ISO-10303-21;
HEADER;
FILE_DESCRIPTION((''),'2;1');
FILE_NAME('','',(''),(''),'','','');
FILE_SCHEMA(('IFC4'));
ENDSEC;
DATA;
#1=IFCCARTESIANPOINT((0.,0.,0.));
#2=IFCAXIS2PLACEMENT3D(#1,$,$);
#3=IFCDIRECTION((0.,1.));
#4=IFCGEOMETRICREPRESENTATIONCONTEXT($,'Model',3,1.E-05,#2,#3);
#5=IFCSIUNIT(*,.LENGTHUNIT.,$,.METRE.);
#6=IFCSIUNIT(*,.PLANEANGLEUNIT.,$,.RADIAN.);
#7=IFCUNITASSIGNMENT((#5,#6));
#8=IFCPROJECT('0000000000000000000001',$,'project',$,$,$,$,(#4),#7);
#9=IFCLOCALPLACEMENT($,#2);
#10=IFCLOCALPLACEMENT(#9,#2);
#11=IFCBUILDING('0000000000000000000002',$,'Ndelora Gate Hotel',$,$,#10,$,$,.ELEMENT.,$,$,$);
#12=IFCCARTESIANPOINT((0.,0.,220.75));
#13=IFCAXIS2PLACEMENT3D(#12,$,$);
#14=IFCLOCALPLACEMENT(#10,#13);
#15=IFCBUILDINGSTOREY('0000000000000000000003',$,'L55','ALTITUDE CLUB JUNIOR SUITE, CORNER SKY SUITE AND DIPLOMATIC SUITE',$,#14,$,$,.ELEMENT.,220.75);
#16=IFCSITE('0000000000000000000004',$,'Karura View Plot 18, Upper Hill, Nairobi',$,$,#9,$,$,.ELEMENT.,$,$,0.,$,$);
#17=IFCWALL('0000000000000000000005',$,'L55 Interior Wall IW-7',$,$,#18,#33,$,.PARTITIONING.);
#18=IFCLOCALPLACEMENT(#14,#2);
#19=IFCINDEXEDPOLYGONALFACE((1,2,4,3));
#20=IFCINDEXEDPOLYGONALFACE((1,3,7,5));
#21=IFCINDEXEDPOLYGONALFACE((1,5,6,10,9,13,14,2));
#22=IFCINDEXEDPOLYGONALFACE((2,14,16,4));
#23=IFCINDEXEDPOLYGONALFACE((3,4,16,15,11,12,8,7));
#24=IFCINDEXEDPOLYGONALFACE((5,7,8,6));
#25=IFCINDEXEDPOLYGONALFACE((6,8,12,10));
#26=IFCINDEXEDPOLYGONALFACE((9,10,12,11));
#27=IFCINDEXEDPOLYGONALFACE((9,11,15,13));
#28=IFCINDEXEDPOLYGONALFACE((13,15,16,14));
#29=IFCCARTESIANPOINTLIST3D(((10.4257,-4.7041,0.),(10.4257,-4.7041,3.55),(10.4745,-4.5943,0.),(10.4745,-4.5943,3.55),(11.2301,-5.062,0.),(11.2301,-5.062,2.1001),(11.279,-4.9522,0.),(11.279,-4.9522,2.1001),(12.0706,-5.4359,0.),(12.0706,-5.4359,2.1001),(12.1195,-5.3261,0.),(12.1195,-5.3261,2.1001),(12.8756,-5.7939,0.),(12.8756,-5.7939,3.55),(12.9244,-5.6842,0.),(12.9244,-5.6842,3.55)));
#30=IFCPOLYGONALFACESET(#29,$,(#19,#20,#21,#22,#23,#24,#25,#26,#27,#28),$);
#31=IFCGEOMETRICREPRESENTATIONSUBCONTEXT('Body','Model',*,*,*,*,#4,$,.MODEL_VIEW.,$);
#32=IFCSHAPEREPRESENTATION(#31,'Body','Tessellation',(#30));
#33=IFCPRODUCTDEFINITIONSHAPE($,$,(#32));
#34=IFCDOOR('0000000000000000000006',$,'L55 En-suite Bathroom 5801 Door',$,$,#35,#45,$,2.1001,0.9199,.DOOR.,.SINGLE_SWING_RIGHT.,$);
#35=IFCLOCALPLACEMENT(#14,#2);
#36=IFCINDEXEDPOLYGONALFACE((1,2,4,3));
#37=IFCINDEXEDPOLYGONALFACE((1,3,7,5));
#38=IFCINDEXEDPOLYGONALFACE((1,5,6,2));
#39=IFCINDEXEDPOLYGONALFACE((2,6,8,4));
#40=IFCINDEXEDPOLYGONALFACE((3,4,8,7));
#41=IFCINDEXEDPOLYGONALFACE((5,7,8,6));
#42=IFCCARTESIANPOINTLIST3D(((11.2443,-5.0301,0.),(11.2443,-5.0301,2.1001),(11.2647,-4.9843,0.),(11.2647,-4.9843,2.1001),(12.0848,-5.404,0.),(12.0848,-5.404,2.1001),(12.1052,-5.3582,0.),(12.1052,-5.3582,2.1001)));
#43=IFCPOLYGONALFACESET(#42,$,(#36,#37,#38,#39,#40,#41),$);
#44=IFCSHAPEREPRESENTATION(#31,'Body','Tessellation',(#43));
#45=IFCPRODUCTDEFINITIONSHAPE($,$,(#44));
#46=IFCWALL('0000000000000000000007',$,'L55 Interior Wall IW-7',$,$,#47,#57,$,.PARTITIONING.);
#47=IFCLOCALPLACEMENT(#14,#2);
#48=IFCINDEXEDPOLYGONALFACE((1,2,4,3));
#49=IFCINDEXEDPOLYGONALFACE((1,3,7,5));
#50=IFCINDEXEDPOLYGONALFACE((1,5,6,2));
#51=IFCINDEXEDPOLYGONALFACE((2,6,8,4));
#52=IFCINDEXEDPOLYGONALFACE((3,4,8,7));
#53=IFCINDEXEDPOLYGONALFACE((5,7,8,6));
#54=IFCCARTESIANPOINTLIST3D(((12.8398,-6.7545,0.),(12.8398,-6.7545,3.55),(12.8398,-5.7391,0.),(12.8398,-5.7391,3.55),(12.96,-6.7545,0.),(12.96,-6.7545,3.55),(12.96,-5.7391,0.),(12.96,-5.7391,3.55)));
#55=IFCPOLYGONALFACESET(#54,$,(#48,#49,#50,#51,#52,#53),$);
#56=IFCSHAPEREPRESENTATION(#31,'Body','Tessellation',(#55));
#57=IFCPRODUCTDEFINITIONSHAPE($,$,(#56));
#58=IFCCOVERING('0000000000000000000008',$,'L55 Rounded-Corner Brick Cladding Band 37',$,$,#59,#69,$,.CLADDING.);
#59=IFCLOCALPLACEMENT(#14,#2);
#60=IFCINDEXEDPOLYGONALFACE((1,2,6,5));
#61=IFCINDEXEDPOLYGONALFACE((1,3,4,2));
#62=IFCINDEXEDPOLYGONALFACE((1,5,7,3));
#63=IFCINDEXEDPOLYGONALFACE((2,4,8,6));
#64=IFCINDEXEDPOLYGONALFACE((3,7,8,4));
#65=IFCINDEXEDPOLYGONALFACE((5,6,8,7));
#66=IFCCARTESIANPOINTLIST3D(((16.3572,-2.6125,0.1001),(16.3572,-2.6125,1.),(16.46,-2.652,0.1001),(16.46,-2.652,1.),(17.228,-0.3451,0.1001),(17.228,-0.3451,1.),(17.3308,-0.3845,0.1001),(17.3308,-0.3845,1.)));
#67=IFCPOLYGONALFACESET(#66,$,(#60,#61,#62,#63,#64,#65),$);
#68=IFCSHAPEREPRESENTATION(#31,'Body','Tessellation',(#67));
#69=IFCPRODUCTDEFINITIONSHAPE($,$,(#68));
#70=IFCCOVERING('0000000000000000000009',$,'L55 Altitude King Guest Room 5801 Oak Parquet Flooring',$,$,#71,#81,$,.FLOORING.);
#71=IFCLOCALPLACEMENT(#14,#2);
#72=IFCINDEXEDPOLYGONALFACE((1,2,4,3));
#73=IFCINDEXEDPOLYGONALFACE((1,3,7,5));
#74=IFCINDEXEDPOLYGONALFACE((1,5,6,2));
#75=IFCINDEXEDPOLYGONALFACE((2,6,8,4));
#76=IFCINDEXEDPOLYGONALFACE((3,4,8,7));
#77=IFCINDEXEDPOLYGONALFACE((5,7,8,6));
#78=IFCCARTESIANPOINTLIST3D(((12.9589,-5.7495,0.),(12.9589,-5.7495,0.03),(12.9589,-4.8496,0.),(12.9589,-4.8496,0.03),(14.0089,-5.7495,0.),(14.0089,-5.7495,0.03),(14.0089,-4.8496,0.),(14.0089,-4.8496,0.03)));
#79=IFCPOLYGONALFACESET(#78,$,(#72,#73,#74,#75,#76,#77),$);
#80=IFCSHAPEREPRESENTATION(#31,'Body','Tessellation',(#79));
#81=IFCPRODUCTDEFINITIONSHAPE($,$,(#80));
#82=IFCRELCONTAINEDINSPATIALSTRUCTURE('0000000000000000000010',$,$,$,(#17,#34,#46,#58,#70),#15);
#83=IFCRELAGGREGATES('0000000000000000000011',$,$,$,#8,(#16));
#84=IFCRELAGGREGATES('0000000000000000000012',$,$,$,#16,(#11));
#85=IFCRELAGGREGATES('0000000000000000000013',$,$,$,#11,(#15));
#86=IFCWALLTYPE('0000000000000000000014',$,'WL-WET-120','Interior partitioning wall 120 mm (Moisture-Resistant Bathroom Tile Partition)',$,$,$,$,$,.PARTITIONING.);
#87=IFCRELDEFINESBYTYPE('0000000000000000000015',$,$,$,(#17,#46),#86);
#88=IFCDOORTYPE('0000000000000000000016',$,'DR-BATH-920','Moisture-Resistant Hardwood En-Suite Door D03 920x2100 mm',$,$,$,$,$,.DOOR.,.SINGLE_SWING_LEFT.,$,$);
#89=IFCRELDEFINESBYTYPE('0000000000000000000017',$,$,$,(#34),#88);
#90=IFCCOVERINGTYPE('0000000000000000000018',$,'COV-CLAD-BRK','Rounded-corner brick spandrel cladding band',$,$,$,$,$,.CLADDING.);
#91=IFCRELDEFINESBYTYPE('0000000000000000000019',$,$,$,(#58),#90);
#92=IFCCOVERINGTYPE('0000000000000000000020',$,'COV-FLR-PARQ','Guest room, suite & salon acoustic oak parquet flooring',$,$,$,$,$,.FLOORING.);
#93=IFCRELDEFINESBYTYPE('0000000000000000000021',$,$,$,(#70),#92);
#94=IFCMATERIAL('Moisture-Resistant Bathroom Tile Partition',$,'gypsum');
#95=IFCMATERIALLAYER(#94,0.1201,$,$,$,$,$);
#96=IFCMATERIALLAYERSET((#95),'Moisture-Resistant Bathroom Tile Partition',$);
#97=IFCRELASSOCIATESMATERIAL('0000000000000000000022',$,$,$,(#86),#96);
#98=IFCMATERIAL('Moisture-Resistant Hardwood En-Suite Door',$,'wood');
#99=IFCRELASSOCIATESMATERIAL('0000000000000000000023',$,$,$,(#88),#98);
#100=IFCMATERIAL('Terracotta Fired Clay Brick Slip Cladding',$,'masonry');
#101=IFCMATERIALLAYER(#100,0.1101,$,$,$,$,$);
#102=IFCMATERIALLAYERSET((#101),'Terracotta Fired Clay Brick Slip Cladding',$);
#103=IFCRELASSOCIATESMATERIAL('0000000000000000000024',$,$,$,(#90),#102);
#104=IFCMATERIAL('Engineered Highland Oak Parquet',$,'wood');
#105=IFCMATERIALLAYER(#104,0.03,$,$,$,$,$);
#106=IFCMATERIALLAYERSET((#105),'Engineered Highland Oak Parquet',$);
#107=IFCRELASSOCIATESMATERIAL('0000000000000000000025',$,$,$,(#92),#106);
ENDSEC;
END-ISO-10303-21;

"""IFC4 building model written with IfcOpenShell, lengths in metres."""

from ifc_helpers import new_model, si_unit, direction, frame, frame_2d, origin, origin_2d, place, context, subcontext, project, spatial, rectangle, extrude, material, layer, layer_set, type_object, element, fill, save


model = new_model("IFC4")

# Units and contexts
model_context = context("Model", 3, precision=1e-05, world=origin(), true_north=direction((0.0, 1.0)))
body_context = subcontext(model_context, "Body", "Model", "MODEL_VIEW")
ifc_project = project(units=[si_unit("LENGTHUNIT", "METRE"), si_unit("PLANEANGLEUNIT", "RADIAN")], contexts=[model_context])

# Site, building, storey
site_placement = place(None, origin())
site = spatial("IfcSite", under=ifc_project, at=site_placement, Name="Karura View Plot 18, Upper Hill, Nairobi", CompositionType="ELEMENT", RefElevation=0.0)
building_placement = place(site_placement, origin())
building = spatial("IfcBuilding", under=site, at=building_placement, Name="Ndelora Gate Hotel", CompositionType="ELEMENT")
storey_placement = place(building_placement, frame((0.0, 0.0, 220.75)))
storey = spatial("IfcBuildingStorey", under=building, at=storey_placement, Name="L55", Description="ALTITUDE CLUB JUNIOR SUITE, CORNER SKY SUITE AND DIPLOMATIC SUITE", CompositionType="ELEMENT", Elevation=220.75)

# Wall, opening, door
ifc_material_1 = material(Name="Moisture-Resistant Bathroom Tile Partition", Category="gypsum")
ifc_layer_1 = layer(ifc_material_1, 0.1201)
ifc_layer_set_1 = layer_set([ifc_layer_1], Name="Moisture-Resistant Bathroom Tile Partition")
wall_type_1 = type_object("IfcWallType", Name="WL-WET-120", Description="Interior partitioning wall 120 mm (Moisture-Resistant Bathroom Tile Partition)", PredefinedType="PARTITIONING", material=ifc_layer_set_1)
wall_1_placement = place(storey_placement, frame((10.45, -4.6492, 0.0), z_axis=(0.0, 0.0, 1.0), x_axis=(0.913676, -0.406443, 0.0)))
wall_1 = element("IfcWall", 1, at=wall_1_placement, inside=storey, type_object=wall_type_1, Name="L55 Interior Wall IW-7", PredefinedType="PARTITIONING", context=body_context, shape_type="SweptSolid", body=[
    extrude(rectangle(XDim=2.6814, YDim=0.1201, at=frame_2d((1.3408, 0.0))), origin(), (0.0, 0.0, 1.0), 3.55),
])
opening_1_placement = place(wall_1_placement, frame((0.8806, 0.0, 0.0)))
opening_1 = element("IfcOpeningElement", 2, at=opening_1_placement, cuts=wall_1, PredefinedType="OPENING", context=body_context, shape_type="SweptSolid", body=[
    extrude(rectangle(XDim=0.9199, YDim=2.1001, at=frame_2d((0.46, 1.05))), frame((0.0, 0.0701, 0.0), z_axis=(0.0, -1.0, 0.0), x_axis=(1.0, 0.0, 0.0)), (0.0, 0.0, 1.0), 0.1401),
])
ifc_material_2 = material(Name="Moisture-Resistant Hardwood En-Suite Door", Category="wood")
door_type = type_object("IfcDoorType", Name="DR-BATH-920", Description="Moisture-Resistant Hardwood En-Suite Door D03 920x2100 mm", OperationType="SINGLE_SWING_LEFT", PredefinedType="DOOR", material=ifc_material_2)
door_placement = place(opening_1_placement, origin())
door = element("IfcDoor", 3, at=door_placement, inside=storey, type_object=door_type, Name="L55 En-suite Bathroom 5801 Door", OperationType="SINGLE_SWING_RIGHT", OverallHeight=2.1001, OverallWidth=0.9199, PredefinedType="DOOR", context=body_context, shape_type="SweptSolid", body=[
    extrude(rectangle(XDim=0.9199, YDim=2.1001, at=frame_2d((0.46, 1.05))), frame((0.0, 0.0249, 0.0), z_axis=(0.0, -1.0, 0.0), x_axis=(1.0, 0.0, 0.0)), (0.0, 0.0, 1.0), 0.05),
])
fill(opening_1, door)

# Wall
wall_2_placement = place(storey_placement, frame((12.8999, -5.739, 0.0), z_axis=(0.0, 0.0, 1.0), x_axis=(0.0, -1.0, 0.0)))
element("IfcWall", 4, at=wall_2_placement, inside=storey, type_object=wall_type_1, Name="L55 Interior Wall IW-7", PredefinedType="PARTITIONING", context=body_context, shape_type="SweptSolid", body=[
    extrude(rectangle(XDim=1.0154, YDim=0.1201, at=frame_2d((0.5078, 0.0))), origin(), (0.0, 0.0, 1.0), 3.55),
])

# Coverings
ifc_material_3 = material(Name="Terracotta Fired Clay Brick Slip Cladding", Category="masonry")
ifc_layer_2 = layer(ifc_material_3, 0.1101)
ifc_layer_set_2 = layer_set([ifc_layer_2], Name="Terracotta Fired Clay Brick Slip Cladding")
covering_type_1 = type_object("IfcCoveringType", Name="COV-CLAD-BRK", Description="Rounded-corner brick spandrel cladding band", PredefinedType="CLADDING", material=ifc_layer_set_2)
covering_1_placement = place(storey_placement, frame((16.844, -1.4985, 0.1001), z_axis=(0.0, 0.0, 1.0), x_axis=(0.358531, 0.933518, 0.0)))
element("IfcCovering", 5, at=covering_1_placement, inside=storey, type_object=covering_type_1, Name="L55 Rounded-Corner Brick Cladding Band 37", PredefinedType="CLADDING", context=body_context, shape_type="SweptSolid", body=[
    extrude(rectangle(XDim=2.429, YDim=0.1101, at=origin_2d()), origin(), (0.0, 0.0, 1.0), 0.8999),
])
ifc_material_4 = material(Name="Engineered Highland Oak Parquet", Category="wood")
ifc_layer_3 = layer(ifc_material_4, 0.03)
ifc_layer_set_3 = layer_set([ifc_layer_3], Name="Engineered Highland Oak Parquet")
covering_type_2 = type_object("IfcCoveringType", Name="COV-FLR-PARQ", Description="Guest room, suite & salon acoustic oak parquet flooring", PredefinedType="FLOORING", material=ifc_layer_set_3)
covering_2_placement = place(storey_placement, frame((13.4839, -5.2996, 0.0), z_axis=(0.0, 0.0, 1.0), x_axis=(1.0, 0.0, 0.0)))
element("IfcCovering", 6, at=covering_2_placement, inside=storey, type_object=covering_type_2, Name="L55 Altitude King Guest Room 5801 Oak Parquet Flooring", PredefinedType="FLOORING", context=body_context, shape_type="SweptSolid", body=[
    extrude(rectangle(XDim=1.05, YDim=0.8999, at=origin_2d()), origin(), (0.0, 0.0, 1.0), 0.03),
])

save(model, "model.ifc")
